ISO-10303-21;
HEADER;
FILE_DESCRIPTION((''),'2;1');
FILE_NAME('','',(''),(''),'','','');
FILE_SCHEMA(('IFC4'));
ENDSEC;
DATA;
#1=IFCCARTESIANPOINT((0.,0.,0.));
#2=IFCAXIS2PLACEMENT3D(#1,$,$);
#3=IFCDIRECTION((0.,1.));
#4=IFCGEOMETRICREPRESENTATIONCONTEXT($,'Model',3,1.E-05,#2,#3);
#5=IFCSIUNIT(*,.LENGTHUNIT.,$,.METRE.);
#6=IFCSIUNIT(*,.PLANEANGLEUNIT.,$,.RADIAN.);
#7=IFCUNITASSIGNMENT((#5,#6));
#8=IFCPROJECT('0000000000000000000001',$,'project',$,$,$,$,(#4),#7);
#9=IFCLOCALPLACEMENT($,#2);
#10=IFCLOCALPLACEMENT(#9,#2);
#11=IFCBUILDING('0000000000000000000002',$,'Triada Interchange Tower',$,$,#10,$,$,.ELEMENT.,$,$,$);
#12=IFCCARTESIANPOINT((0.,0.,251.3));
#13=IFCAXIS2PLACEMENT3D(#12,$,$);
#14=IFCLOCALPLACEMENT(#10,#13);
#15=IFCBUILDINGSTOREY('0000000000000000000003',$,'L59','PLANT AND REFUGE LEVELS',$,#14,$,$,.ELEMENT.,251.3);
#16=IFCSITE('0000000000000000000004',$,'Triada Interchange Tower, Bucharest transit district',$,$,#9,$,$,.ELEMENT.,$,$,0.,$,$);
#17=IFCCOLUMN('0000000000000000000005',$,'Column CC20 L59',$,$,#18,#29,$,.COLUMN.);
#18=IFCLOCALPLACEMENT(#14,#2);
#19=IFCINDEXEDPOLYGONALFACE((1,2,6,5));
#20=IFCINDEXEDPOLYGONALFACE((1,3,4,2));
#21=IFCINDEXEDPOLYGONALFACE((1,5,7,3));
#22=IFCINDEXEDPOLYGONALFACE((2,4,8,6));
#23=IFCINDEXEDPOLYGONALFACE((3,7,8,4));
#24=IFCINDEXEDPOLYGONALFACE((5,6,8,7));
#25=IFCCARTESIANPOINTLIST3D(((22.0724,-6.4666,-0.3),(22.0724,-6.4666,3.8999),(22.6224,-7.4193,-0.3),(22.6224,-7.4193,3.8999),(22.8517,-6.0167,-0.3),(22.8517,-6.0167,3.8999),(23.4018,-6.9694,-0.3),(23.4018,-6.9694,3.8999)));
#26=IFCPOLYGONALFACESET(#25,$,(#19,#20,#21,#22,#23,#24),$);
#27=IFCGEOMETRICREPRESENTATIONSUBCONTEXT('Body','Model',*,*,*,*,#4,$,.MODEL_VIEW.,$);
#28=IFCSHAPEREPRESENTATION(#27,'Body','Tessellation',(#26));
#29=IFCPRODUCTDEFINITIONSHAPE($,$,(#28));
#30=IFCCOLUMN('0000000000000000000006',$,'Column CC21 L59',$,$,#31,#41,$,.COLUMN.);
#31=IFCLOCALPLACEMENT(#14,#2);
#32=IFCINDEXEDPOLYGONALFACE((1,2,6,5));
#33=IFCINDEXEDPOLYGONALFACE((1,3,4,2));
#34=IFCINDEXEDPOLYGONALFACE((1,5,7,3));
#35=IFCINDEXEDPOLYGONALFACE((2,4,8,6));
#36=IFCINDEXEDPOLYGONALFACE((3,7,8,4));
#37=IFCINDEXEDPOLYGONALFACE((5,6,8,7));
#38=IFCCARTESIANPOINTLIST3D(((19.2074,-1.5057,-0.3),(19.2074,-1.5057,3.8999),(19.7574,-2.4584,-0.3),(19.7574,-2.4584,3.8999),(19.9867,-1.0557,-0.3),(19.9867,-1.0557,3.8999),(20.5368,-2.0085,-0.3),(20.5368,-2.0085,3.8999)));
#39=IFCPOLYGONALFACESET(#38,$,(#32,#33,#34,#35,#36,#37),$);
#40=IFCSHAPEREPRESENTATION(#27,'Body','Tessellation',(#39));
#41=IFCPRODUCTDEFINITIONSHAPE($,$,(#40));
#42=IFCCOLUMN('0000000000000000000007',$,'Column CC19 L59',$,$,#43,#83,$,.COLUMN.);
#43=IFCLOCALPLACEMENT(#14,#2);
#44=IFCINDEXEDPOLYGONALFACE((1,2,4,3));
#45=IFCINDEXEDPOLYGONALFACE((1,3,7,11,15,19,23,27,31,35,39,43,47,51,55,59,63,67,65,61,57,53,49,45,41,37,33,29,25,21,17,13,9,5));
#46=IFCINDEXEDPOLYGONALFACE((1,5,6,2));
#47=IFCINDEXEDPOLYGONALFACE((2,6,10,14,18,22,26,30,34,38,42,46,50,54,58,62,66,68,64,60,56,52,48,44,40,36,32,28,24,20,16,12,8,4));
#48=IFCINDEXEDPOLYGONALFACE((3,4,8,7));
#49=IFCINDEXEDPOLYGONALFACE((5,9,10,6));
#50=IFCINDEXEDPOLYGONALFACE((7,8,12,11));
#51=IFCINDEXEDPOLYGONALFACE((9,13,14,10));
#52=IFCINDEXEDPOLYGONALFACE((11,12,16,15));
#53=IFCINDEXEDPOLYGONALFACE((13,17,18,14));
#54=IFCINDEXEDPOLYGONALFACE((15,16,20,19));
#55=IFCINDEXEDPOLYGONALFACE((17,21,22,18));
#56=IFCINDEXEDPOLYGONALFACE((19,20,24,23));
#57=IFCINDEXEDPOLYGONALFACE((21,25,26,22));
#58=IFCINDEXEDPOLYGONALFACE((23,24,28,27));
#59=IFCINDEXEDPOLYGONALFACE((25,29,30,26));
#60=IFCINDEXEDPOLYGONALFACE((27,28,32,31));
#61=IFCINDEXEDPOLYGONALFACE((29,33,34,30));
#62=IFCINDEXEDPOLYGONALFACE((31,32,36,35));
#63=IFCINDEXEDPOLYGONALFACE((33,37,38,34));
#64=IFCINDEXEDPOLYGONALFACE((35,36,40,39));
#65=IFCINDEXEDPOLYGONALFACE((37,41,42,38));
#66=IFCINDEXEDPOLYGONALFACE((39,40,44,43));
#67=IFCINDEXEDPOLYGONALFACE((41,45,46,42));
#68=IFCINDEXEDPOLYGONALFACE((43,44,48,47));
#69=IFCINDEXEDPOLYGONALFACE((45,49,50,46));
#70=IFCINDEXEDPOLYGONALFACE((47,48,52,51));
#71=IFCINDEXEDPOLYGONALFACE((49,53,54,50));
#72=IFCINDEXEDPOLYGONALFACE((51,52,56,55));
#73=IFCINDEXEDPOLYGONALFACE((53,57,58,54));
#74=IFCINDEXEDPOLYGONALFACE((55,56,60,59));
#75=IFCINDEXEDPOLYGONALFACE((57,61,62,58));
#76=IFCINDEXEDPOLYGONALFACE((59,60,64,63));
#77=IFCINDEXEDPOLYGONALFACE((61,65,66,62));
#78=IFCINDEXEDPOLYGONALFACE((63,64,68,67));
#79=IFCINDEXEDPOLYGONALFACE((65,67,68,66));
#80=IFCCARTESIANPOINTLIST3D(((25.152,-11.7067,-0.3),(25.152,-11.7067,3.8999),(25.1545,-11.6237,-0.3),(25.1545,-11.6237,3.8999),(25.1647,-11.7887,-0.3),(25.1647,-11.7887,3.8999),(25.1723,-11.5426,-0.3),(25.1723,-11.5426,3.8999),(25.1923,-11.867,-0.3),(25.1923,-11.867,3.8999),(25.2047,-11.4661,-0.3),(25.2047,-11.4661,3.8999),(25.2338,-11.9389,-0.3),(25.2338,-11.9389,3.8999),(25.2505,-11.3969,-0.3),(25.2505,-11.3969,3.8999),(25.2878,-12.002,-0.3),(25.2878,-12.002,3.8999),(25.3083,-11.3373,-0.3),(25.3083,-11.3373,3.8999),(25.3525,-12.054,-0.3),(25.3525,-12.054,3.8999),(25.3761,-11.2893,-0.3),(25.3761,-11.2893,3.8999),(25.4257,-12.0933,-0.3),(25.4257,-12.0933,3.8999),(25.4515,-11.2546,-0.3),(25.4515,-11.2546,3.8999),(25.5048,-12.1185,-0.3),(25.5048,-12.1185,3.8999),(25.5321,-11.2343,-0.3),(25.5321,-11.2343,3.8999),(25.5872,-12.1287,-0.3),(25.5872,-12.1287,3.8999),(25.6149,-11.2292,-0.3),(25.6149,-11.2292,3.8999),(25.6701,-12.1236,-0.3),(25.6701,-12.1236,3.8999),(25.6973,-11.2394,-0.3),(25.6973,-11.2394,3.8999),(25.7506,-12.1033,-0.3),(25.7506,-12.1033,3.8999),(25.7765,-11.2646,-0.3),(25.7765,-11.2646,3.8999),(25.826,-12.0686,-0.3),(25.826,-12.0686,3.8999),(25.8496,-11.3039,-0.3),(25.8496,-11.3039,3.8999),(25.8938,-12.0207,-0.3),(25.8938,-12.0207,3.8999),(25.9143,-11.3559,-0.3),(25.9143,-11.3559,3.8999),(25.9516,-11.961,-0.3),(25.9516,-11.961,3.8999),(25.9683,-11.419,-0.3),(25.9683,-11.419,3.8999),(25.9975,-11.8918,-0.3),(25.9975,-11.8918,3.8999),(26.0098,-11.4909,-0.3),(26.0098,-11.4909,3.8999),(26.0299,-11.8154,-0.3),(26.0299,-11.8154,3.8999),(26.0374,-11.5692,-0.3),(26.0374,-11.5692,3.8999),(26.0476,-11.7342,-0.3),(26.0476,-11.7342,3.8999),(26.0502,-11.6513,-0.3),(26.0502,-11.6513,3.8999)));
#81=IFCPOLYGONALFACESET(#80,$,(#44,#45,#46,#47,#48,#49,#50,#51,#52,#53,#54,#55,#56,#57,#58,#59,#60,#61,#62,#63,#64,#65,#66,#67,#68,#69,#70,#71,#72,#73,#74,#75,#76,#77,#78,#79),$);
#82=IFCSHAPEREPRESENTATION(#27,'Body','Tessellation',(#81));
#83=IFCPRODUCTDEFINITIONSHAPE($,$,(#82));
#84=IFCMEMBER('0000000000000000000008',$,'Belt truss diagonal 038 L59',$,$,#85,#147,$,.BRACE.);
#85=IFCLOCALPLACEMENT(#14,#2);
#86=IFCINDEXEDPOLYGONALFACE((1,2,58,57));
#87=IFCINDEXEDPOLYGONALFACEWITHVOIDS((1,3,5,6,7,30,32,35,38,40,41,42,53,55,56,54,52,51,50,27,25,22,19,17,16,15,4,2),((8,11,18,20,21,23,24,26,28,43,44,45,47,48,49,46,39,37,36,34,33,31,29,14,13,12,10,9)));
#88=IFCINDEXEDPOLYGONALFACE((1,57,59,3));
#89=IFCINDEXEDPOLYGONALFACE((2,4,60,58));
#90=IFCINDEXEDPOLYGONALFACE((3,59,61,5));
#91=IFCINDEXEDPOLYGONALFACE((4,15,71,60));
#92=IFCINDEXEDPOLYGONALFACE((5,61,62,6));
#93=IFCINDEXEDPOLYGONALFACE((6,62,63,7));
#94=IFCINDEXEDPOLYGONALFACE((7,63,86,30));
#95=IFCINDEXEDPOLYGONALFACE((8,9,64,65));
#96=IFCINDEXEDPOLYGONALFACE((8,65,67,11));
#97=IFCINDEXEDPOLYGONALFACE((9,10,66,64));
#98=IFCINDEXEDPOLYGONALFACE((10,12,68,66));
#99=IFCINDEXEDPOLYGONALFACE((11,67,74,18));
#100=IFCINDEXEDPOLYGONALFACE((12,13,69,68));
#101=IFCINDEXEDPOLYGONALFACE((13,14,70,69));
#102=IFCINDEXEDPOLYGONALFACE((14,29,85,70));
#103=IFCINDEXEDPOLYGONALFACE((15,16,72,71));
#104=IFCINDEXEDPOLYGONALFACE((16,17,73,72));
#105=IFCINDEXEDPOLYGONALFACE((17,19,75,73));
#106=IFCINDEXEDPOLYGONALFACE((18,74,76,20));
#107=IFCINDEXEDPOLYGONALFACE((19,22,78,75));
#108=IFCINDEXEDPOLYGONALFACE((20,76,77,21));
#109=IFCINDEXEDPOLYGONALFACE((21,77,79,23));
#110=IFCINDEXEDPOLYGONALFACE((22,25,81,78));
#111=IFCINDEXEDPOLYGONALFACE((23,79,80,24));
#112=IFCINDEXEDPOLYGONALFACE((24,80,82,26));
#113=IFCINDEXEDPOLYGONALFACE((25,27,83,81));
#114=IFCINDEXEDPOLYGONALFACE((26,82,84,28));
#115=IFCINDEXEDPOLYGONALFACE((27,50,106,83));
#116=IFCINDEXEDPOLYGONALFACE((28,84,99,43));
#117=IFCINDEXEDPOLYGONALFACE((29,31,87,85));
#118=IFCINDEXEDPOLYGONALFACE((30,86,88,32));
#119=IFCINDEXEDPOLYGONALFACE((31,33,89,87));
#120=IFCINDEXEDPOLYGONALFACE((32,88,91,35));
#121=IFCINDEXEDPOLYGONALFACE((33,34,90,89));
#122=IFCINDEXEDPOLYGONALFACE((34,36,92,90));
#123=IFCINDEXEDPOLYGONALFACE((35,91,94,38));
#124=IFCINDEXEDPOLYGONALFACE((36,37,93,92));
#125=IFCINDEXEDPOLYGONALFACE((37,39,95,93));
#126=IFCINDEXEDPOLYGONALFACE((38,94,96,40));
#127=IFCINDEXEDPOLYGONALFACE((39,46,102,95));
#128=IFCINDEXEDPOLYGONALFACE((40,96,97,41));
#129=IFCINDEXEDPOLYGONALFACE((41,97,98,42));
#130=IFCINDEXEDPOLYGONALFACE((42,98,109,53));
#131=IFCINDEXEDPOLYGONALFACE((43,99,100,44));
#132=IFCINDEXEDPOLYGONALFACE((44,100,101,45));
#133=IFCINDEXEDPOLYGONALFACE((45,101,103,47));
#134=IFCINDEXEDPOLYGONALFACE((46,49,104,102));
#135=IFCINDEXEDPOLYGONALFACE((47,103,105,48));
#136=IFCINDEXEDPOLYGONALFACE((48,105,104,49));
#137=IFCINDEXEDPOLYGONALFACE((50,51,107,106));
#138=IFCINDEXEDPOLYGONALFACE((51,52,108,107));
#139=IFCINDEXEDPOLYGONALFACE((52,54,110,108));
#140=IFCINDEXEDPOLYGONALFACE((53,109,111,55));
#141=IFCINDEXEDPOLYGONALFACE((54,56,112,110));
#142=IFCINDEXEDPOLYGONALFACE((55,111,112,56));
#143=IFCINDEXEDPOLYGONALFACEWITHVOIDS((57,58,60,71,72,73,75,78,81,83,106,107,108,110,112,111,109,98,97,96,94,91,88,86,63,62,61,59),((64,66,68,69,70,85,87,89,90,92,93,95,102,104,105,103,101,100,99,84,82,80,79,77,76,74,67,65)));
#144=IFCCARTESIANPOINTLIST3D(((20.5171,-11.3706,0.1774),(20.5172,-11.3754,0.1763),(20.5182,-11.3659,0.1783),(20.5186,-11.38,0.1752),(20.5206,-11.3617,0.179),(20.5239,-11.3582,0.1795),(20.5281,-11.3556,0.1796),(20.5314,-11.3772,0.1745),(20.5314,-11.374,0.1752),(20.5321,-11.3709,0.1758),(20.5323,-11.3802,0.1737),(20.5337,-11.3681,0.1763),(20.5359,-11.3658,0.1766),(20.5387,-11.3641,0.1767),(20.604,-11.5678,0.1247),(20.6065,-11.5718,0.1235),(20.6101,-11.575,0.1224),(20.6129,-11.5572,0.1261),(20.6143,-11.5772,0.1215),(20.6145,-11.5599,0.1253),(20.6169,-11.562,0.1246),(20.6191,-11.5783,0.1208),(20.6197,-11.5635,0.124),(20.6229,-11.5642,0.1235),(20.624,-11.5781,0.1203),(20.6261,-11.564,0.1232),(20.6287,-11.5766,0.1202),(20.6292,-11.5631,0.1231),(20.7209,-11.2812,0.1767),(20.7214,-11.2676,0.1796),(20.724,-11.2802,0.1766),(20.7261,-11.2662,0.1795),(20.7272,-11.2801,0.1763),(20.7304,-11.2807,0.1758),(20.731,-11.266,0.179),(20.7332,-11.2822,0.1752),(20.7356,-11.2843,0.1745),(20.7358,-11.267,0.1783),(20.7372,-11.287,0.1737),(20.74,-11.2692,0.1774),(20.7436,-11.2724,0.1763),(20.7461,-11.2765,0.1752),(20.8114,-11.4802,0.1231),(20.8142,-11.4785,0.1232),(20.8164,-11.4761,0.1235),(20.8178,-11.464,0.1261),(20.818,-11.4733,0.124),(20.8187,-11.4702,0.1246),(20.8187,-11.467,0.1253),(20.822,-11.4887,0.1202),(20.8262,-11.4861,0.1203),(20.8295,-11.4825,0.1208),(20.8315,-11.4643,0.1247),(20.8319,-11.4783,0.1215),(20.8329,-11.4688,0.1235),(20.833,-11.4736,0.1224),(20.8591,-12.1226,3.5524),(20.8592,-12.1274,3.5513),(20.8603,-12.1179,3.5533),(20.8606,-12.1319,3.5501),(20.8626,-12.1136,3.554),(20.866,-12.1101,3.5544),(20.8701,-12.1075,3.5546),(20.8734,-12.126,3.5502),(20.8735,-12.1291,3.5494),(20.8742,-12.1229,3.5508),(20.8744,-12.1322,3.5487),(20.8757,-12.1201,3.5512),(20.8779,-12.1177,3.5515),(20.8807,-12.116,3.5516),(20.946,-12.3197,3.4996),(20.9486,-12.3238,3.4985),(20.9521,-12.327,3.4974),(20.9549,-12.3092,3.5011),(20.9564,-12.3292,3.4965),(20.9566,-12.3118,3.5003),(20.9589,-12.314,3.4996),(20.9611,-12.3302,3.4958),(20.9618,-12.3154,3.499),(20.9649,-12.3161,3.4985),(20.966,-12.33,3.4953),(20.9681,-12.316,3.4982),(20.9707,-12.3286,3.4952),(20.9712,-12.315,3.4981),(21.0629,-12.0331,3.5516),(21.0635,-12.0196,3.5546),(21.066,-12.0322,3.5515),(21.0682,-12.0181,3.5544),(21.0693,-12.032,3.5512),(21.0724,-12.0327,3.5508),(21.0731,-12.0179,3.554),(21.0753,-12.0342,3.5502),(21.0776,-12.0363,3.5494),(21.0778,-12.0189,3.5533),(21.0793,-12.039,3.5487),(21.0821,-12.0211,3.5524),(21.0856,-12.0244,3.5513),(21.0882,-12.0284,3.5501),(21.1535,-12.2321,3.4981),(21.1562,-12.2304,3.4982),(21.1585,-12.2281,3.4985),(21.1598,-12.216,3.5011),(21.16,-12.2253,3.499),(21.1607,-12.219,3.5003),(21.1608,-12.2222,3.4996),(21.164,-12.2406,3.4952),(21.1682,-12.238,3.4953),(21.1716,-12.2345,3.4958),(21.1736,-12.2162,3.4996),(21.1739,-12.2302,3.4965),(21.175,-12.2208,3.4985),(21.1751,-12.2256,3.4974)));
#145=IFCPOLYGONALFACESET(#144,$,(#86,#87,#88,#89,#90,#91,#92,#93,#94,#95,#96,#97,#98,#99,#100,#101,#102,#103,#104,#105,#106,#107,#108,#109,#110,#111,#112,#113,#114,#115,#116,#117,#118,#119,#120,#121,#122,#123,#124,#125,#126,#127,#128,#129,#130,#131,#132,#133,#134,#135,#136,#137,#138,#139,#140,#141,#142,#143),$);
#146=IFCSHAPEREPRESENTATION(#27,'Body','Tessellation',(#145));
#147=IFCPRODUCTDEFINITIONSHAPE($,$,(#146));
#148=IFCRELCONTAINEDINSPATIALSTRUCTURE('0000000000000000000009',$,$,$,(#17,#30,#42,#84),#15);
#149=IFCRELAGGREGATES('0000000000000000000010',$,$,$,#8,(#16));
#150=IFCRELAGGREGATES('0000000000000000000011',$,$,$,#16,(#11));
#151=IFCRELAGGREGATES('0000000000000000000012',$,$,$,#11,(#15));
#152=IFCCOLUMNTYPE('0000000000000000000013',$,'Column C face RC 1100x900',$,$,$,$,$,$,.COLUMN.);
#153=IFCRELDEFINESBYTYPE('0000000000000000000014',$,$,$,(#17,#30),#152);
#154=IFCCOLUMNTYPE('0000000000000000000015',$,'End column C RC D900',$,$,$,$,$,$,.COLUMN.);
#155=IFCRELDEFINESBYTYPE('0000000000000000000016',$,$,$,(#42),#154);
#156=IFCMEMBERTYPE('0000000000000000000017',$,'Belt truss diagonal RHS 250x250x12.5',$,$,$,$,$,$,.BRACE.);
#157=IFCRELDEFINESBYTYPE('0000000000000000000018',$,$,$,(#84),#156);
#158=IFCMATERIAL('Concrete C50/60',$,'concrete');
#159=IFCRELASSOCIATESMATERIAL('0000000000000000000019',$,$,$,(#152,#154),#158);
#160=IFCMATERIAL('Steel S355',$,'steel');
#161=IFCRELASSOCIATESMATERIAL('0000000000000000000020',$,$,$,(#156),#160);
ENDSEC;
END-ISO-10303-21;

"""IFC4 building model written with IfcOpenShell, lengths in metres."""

from ifc_helpers import new_model, si_unit, direction, frame, origin, origin_2d, place, context, subcontext, project, spatial, rectangle, hollow_rectangle, circle, extrude, material, material_profile, profile_set, type_object, element, save


model = new_model("IFC4")

# Units and contexts
model_context = context("Model", 3, precision=1e-05, world=origin(), true_north=direction((0.0, 1.0)))
body_context = subcontext(model_context, "Body", "Model", "MODEL_VIEW")
ifc_project = project(units=[si_unit("LENGTHUNIT", "METRE"), si_unit("PLANEANGLEUNIT", "RADIAN")], contexts=[model_context])

# Site, building, storey
site_placement = place(None, origin())
site = spatial("IfcSite", under=ifc_project, at=site_placement, Name="Triada Interchange Tower, Bucharest transit district", CompositionType="ELEMENT", RefElevation=0.0)
building_placement = place(site_placement, origin())
building = spatial("IfcBuilding", under=site, at=building_placement, Name="Triada Interchange Tower", CompositionType="ELEMENT")
storey_placement = place(building_placement, frame((0.0, 0.0, 251.3)))
storey = spatial("IfcBuildingStorey", under=building, at=storey_placement, Name="L59", Description="PLANT AND REFUGE LEVELS", CompositionType="ELEMENT", Elevation=251.3)

# Columns
ifc_material_1 = material(Name="Concrete C50/60", Category="concrete")
ifc_material_profile_1 = material_profile(ifc_material_1, rectangle(XDim=1.1001, YDim=0.8999, at=origin_2d()), Name="RC 1100x900")
ifc_profile_set_1 = profile_set([ifc_material_profile_1], Name="Concrete C50/60")
column_type_1 = type_object("IfcColumnType", Name="Column C face RC 1100x900", PredefinedType="COLUMN", material=ifc_profile_set_1)
for number, where, z_axis, x_axis, name in (
    (1, (22.7371, -6.718, -0.3), (0.0, 0.0, 1.0), (-0.5, 0.866025, 0.0), "Column CC20 L59"),
    (2, (19.8721, -1.7571, -0.3), (0.0, 0.0, 1.0), (-0.5, 0.866025, 0.0), "Column CC21 L59"),
):
    element("IfcColumn", number, at=place(storey_placement, frame(where, z_axis=z_axis, x_axis=x_axis)), inside=storey, type_object=column_type_1, Name=name, PredefinedType="COLUMN", context=body_context, shape_type="SweptSolid", body=[
        extrude(rectangle(XDim=1.1001, YDim=0.8999, at=origin_2d()), origin(), (0.0, 0.0, 1.0), 4.2),
    ])
ifc_material_profile_2 = material_profile(ifc_material_1, circle(Radius=0.45, at=origin_2d()), Name="RC D900")
ifc_profile_set_2 = profile_set([ifc_material_profile_2], Name="Concrete C50/60")
column_type_2 = type_object("IfcColumnType", Name="End column C RC D900", PredefinedType="COLUMN", material=ifc_profile_set_2)
column_placement = place(storey_placement, frame((25.6011, -11.679, -0.3), z_axis=(0.0, 0.0, 1.0), x_axis=(-0.5, 0.866025, 0.0)))
element("IfcColumn", 3, at=column_placement, inside=storey, type_object=column_type_2, Name="Column CC19 L59", PredefinedType="COLUMN", context=body_context, shape_type="SweptSolid", body=[
    extrude(circle(Radius=0.45, at=origin_2d()), origin(), (0.0, 0.0, 1.0), 4.2),
])

# Member
ifc_material_2 = material(Name="Steel S355", Category="steel")
ifc_material_profile_3 = material_profile(ifc_material_2, hollow_rectangle(XDim=0.25, YDim=0.25, WallThickness=0.0125, InnerFilletRadius=0.0125, OuterFilletRadius=0.0188, at=origin_2d()), Name="RHS 250x250x12.5")
ifc_profile_set_3 = profile_set([ifc_material_profile_3], Name="Steel S355")
member_type_1 = type_object("IfcMemberType", Name="Belt truss diagonal RHS 250x250x12.5", PredefinedType="BRACE", material=ifc_profile_set_3)
member_1_placement = place(storey_placement, frame((20.675, -11.4221, 0.1499), z_axis=(0.09844, -0.216412, 0.971327), x_axis=(0.910255, 0.414048, 0.0)))
element("IfcMember", 4, at=member_1_placement, inside=storey, type_object=member_type_1, Name="Belt truss diagonal 038 L59", PredefinedType="BRACE", context=body_context, shape_type="SweptSolid", body=[
    extrude(hollow_rectangle(XDim=0.25, YDim=0.25, WallThickness=0.0125, InnerFilletRadius=0.0125, OuterFilletRadius=0.0188, at=origin_2d()), origin(), (0.0, 0.0, 1.0), 3.4746),
])

save(model, "model.ifc")
